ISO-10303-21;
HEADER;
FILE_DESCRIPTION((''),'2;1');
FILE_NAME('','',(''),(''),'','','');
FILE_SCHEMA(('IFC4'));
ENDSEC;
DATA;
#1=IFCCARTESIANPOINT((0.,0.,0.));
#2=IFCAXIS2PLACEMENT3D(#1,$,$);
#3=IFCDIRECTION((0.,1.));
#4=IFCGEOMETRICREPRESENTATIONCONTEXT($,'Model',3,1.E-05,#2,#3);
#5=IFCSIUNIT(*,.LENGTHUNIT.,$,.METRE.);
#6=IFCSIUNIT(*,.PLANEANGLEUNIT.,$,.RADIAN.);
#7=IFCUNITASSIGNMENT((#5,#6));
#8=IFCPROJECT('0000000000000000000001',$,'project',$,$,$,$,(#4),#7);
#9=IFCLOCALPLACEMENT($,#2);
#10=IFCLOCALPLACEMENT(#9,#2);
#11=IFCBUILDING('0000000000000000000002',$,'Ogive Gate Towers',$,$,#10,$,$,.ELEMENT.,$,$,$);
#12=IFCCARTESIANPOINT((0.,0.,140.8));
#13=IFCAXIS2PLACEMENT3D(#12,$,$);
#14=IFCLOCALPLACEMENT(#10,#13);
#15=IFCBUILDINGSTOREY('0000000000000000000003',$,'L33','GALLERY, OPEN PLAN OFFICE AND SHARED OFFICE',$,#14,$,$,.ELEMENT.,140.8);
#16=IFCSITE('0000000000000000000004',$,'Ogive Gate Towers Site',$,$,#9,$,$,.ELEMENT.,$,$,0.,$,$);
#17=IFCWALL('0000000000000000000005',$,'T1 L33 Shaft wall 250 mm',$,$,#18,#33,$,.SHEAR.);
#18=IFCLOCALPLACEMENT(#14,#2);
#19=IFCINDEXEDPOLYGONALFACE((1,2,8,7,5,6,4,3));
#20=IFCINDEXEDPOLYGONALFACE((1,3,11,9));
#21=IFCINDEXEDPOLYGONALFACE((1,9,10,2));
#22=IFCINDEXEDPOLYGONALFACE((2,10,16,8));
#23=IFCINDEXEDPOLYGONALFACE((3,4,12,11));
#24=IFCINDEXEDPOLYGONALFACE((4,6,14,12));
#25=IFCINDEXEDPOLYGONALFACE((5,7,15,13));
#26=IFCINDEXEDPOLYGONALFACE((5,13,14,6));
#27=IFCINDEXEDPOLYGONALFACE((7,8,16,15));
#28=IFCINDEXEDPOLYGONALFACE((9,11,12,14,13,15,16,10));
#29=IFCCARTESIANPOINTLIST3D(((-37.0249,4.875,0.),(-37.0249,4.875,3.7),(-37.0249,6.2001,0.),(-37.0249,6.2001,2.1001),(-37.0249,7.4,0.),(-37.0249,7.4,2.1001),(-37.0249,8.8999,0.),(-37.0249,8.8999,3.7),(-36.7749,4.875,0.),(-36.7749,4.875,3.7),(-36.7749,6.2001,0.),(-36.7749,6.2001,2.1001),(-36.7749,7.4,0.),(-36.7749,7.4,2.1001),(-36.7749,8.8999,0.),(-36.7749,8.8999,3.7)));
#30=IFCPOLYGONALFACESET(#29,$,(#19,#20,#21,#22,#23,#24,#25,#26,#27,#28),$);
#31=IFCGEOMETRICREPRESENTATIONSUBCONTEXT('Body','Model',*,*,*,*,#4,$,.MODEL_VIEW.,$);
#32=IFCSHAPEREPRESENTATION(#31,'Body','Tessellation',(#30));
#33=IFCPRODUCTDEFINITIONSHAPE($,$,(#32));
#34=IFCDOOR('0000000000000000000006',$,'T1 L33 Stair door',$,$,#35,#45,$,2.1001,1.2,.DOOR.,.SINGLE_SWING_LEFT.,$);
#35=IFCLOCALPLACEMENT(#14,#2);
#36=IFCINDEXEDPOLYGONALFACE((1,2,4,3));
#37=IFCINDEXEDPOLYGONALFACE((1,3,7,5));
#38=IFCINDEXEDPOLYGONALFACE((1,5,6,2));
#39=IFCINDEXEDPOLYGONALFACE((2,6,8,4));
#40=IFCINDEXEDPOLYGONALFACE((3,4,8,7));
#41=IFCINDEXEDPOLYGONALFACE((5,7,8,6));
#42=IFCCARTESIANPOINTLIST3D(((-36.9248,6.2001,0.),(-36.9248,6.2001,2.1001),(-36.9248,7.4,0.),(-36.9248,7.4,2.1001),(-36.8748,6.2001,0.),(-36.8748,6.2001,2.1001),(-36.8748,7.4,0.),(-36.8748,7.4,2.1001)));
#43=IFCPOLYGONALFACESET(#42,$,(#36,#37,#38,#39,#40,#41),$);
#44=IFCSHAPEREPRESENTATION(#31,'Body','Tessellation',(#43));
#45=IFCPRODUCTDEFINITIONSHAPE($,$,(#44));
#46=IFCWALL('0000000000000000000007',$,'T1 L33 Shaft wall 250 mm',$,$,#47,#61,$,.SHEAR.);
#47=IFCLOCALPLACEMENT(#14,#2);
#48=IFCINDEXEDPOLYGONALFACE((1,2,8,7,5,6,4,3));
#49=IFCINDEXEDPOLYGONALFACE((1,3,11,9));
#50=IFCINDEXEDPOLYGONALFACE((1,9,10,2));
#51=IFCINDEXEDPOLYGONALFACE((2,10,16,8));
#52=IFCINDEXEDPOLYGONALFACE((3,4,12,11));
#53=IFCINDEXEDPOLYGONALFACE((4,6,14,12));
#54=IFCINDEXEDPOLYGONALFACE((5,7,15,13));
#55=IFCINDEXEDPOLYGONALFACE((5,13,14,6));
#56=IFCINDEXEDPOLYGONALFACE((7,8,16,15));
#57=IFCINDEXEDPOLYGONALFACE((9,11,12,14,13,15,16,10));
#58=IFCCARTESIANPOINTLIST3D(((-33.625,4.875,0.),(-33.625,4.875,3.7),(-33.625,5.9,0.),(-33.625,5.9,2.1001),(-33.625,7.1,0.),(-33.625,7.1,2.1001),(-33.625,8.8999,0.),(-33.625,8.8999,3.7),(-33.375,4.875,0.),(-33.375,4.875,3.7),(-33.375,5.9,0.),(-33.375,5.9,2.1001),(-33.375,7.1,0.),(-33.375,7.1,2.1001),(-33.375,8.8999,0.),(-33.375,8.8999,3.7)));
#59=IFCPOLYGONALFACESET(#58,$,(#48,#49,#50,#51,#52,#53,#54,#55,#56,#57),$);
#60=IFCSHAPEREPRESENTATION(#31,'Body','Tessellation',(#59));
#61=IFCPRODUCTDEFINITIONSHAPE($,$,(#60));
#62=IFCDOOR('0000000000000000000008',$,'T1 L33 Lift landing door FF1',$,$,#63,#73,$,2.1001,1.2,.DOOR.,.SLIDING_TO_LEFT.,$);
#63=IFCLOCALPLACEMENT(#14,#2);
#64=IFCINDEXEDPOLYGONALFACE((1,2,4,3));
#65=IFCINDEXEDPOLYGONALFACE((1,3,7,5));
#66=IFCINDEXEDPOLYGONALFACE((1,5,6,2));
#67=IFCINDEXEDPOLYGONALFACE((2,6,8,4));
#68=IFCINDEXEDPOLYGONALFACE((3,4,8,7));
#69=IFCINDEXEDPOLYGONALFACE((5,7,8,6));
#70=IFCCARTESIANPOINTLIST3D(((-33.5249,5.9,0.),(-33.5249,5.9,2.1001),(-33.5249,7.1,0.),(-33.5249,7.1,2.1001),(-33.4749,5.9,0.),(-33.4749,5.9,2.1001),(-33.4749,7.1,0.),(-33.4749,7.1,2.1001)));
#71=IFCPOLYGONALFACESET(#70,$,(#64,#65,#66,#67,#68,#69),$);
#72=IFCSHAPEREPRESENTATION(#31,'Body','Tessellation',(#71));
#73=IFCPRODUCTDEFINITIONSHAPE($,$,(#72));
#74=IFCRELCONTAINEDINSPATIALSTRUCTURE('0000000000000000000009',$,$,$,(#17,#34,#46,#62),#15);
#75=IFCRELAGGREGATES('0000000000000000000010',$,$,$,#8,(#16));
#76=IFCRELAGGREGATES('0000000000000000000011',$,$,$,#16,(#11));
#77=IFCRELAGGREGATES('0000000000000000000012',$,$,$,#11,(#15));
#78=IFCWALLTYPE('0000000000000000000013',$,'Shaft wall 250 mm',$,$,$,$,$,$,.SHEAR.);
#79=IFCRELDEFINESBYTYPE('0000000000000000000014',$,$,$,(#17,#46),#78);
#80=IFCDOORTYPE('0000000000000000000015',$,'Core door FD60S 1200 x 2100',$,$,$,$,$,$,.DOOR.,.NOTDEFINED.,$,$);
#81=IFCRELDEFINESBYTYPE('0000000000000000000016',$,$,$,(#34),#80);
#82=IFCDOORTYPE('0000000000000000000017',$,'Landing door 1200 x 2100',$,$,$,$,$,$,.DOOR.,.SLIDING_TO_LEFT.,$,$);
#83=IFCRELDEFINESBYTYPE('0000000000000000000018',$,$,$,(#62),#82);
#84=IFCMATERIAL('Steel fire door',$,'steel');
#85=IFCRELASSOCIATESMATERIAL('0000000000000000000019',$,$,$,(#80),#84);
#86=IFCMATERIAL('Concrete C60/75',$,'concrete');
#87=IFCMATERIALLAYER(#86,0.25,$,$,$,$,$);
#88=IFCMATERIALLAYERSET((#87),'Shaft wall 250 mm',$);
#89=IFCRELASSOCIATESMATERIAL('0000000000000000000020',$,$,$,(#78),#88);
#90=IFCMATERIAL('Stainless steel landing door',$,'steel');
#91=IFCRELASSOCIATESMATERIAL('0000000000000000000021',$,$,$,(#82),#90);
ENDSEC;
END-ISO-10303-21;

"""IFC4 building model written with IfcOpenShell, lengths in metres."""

from ifc_helpers import new_model, si_unit, direction, frame, frame_2d, origin, place, context, subcontext, project, spatial, rectangle, extrude, material, layer, layer_set, type_object, element, fill, save


model = new_model("IFC4")

# Units and contexts
model_context = context("Model", 3, precision=1e-05, world=origin(), true_north=direction((0.0, 1.0)))
body_context = subcontext(model_context, "Body", "Model", "MODEL_VIEW")
ifc_project = project(units=[si_unit("LENGTHUNIT", "METRE"), si_unit("PLANEANGLEUNIT", "RADIAN")], contexts=[model_context])

# Site, building, storey
site_placement = place(None, origin())
site = spatial("IfcSite", under=ifc_project, at=site_placement, Name="Ogive Gate Towers Site", CompositionType="ELEMENT", RefElevation=0.0)
building_placement = place(site_placement, origin())
building = spatial("IfcBuilding", under=site, at=building_placement, Name="Ogive Gate Towers", CompositionType="ELEMENT")
storey_placement = place(building_placement, frame((0.0, 0.0, 140.8)))
storey = spatial("IfcBuildingStorey", under=building, at=storey_placement, Name="L33", Description="GALLERY, OPEN PLAN OFFICE AND SHARED OFFICE", CompositionType="ELEMENT", Elevation=140.8)

# Shared definitions
ifc_material_1 = material(Name="Concrete C60/75", Category="concrete")
ifc_material_2 = material(Name="Steel fire door", Category="steel")
door_type_1 = type_object("IfcDoorType", Name="Core door FD60S 1200 x 2100", OperationType="NOTDEFINED", PredefinedType="DOOR", material=ifc_material_2)

# Shared definitions
ifc_layer_1 = layer(ifc_material_1, 0.25)
ifc_layer_set_1 = layer_set([ifc_layer_1], Name="Shaft wall 250 mm")
wall_type_1 = type_object("IfcWallType", Name="Shaft wall 250 mm", PredefinedType="SHEAR", material=ifc_layer_set_1)

# Walls, openings, doors
wall_1_placement = place(storey_placement, frame((-36.8999, 4.875, 0.0), z_axis=(0.0, 0.0, 1.0), x_axis=(0.0, 1.0, 0.0)))
wall_1 = element("IfcWall", 1, at=wall_1_placement, inside=storey, type_object=wall_type_1, Name="T1 L33 Shaft wall 250 mm", PredefinedType="SHEAR", context=body_context, shape_type="SweptSolid", body=[
    extrude(rectangle(XDim=4.0249, YDim=0.25, at=frame_2d((2.0125, 0.0))), origin(), (0.0, 0.0, 1.0), 3.7),
])
opening_1_placement = place(wall_1_placement, frame((1.325, 0.0, 0.0)))
opening_1 = element("IfcOpeningElement", 2, at=opening_1_placement, cuts=wall_1, PredefinedType="OPENING", context=body_context, shape_type="SweptSolid", body=[
    extrude(rectangle(XDim=1.2, YDim=2.1001, at=frame_2d((0.6001, 1.05))), frame((0.0, 0.135, 0.0), z_axis=(0.0, -1.0, 0.0), x_axis=(1.0, 0.0, 0.0)), (0.0, 0.0, 1.0), 0.27),
])
door_1_placement = place(opening_1_placement, origin())
door_1 = element("IfcDoor", 3, at=door_1_placement, inside=storey, type_object=door_type_1, Name="T1 L33 Stair door", OperationType="SINGLE_SWING_LEFT", OverallHeight=2.1001, OverallWidth=1.2, PredefinedType="DOOR", context=body_context, shape_type="SweptSolid", body=[
    extrude(rectangle(XDim=1.2, YDim=2.1001, at=frame_2d((0.6001, 1.05))), frame((0.0, 0.0249, 0.0), z_axis=(0.0, -1.0, 0.0), x_axis=(1.0, 0.0, 0.0)), (0.0, 0.0, 1.0), 0.05),
])
fill(opening_1, door_1)
wall_2_placement = place(storey_placement, frame((-33.5, 4.875, 0.0), z_axis=(0.0, 0.0, 1.0), x_axis=(0.0, 1.0, 0.0)))
wall_2 = element("IfcWall", 4, at=wall_2_placement, inside=storey, type_object=wall_type_1, Name="T1 L33 Shaft wall 250 mm", PredefinedType="SHEAR", context=body_context, shape_type="SweptSolid", body=[
    extrude(rectangle(XDim=4.0249, YDim=0.25, at=frame_2d((2.0125, 0.0))), origin(), (0.0, 0.0, 1.0), 3.7),
])
opening_2_placement = place(wall_2_placement, frame((1.0249, 0.0, 0.0)))
opening_2 = element("IfcOpeningElement", 5, at=opening_2_placement, cuts=wall_2, PredefinedType="OPENING", context=body_context, shape_type="SweptSolid", body=[
    extrude(rectangle(XDim=1.2, YDim=2.1001, at=frame_2d((0.6001, 1.05))), frame((0.0, 0.135, 0.0), z_axis=(0.0, -1.0, 0.0), x_axis=(1.0, 0.0, 0.0)), (0.0, 0.0, 1.0), 0.27),
])
ifc_material_3 = material(Name="Stainless steel landing door", Category="steel")
door_type_2 = type_object("IfcDoorType", Name="Landing door 1200 x 2100", OperationType="SLIDING_TO_LEFT", PredefinedType="DOOR", material=ifc_material_3)
door_2_placement = place(opening_2_placement, origin())
door_2 = element("IfcDoor", 6, at=door_2_placement, inside=storey, type_object=door_type_2, Name="T1 L33 Lift landing door FF1", OperationType="SLIDING_TO_LEFT", OverallHeight=2.1001, OverallWidth=1.2, PredefinedType="DOOR", context=body_context, shape_type="SweptSolid", body=[
    extrude(rectangle(XDim=1.2, YDim=2.1001, at=frame_2d((0.6001, 1.05))), frame((0.0, 0.0249, 0.0), z_axis=(0.0, -1.0, 0.0), x_axis=(1.0, 0.0, 0.0)), (0.0, 0.0, 1.0), 0.05),
])
fill(opening_2, door_2)

save(model, "model.ifc")
